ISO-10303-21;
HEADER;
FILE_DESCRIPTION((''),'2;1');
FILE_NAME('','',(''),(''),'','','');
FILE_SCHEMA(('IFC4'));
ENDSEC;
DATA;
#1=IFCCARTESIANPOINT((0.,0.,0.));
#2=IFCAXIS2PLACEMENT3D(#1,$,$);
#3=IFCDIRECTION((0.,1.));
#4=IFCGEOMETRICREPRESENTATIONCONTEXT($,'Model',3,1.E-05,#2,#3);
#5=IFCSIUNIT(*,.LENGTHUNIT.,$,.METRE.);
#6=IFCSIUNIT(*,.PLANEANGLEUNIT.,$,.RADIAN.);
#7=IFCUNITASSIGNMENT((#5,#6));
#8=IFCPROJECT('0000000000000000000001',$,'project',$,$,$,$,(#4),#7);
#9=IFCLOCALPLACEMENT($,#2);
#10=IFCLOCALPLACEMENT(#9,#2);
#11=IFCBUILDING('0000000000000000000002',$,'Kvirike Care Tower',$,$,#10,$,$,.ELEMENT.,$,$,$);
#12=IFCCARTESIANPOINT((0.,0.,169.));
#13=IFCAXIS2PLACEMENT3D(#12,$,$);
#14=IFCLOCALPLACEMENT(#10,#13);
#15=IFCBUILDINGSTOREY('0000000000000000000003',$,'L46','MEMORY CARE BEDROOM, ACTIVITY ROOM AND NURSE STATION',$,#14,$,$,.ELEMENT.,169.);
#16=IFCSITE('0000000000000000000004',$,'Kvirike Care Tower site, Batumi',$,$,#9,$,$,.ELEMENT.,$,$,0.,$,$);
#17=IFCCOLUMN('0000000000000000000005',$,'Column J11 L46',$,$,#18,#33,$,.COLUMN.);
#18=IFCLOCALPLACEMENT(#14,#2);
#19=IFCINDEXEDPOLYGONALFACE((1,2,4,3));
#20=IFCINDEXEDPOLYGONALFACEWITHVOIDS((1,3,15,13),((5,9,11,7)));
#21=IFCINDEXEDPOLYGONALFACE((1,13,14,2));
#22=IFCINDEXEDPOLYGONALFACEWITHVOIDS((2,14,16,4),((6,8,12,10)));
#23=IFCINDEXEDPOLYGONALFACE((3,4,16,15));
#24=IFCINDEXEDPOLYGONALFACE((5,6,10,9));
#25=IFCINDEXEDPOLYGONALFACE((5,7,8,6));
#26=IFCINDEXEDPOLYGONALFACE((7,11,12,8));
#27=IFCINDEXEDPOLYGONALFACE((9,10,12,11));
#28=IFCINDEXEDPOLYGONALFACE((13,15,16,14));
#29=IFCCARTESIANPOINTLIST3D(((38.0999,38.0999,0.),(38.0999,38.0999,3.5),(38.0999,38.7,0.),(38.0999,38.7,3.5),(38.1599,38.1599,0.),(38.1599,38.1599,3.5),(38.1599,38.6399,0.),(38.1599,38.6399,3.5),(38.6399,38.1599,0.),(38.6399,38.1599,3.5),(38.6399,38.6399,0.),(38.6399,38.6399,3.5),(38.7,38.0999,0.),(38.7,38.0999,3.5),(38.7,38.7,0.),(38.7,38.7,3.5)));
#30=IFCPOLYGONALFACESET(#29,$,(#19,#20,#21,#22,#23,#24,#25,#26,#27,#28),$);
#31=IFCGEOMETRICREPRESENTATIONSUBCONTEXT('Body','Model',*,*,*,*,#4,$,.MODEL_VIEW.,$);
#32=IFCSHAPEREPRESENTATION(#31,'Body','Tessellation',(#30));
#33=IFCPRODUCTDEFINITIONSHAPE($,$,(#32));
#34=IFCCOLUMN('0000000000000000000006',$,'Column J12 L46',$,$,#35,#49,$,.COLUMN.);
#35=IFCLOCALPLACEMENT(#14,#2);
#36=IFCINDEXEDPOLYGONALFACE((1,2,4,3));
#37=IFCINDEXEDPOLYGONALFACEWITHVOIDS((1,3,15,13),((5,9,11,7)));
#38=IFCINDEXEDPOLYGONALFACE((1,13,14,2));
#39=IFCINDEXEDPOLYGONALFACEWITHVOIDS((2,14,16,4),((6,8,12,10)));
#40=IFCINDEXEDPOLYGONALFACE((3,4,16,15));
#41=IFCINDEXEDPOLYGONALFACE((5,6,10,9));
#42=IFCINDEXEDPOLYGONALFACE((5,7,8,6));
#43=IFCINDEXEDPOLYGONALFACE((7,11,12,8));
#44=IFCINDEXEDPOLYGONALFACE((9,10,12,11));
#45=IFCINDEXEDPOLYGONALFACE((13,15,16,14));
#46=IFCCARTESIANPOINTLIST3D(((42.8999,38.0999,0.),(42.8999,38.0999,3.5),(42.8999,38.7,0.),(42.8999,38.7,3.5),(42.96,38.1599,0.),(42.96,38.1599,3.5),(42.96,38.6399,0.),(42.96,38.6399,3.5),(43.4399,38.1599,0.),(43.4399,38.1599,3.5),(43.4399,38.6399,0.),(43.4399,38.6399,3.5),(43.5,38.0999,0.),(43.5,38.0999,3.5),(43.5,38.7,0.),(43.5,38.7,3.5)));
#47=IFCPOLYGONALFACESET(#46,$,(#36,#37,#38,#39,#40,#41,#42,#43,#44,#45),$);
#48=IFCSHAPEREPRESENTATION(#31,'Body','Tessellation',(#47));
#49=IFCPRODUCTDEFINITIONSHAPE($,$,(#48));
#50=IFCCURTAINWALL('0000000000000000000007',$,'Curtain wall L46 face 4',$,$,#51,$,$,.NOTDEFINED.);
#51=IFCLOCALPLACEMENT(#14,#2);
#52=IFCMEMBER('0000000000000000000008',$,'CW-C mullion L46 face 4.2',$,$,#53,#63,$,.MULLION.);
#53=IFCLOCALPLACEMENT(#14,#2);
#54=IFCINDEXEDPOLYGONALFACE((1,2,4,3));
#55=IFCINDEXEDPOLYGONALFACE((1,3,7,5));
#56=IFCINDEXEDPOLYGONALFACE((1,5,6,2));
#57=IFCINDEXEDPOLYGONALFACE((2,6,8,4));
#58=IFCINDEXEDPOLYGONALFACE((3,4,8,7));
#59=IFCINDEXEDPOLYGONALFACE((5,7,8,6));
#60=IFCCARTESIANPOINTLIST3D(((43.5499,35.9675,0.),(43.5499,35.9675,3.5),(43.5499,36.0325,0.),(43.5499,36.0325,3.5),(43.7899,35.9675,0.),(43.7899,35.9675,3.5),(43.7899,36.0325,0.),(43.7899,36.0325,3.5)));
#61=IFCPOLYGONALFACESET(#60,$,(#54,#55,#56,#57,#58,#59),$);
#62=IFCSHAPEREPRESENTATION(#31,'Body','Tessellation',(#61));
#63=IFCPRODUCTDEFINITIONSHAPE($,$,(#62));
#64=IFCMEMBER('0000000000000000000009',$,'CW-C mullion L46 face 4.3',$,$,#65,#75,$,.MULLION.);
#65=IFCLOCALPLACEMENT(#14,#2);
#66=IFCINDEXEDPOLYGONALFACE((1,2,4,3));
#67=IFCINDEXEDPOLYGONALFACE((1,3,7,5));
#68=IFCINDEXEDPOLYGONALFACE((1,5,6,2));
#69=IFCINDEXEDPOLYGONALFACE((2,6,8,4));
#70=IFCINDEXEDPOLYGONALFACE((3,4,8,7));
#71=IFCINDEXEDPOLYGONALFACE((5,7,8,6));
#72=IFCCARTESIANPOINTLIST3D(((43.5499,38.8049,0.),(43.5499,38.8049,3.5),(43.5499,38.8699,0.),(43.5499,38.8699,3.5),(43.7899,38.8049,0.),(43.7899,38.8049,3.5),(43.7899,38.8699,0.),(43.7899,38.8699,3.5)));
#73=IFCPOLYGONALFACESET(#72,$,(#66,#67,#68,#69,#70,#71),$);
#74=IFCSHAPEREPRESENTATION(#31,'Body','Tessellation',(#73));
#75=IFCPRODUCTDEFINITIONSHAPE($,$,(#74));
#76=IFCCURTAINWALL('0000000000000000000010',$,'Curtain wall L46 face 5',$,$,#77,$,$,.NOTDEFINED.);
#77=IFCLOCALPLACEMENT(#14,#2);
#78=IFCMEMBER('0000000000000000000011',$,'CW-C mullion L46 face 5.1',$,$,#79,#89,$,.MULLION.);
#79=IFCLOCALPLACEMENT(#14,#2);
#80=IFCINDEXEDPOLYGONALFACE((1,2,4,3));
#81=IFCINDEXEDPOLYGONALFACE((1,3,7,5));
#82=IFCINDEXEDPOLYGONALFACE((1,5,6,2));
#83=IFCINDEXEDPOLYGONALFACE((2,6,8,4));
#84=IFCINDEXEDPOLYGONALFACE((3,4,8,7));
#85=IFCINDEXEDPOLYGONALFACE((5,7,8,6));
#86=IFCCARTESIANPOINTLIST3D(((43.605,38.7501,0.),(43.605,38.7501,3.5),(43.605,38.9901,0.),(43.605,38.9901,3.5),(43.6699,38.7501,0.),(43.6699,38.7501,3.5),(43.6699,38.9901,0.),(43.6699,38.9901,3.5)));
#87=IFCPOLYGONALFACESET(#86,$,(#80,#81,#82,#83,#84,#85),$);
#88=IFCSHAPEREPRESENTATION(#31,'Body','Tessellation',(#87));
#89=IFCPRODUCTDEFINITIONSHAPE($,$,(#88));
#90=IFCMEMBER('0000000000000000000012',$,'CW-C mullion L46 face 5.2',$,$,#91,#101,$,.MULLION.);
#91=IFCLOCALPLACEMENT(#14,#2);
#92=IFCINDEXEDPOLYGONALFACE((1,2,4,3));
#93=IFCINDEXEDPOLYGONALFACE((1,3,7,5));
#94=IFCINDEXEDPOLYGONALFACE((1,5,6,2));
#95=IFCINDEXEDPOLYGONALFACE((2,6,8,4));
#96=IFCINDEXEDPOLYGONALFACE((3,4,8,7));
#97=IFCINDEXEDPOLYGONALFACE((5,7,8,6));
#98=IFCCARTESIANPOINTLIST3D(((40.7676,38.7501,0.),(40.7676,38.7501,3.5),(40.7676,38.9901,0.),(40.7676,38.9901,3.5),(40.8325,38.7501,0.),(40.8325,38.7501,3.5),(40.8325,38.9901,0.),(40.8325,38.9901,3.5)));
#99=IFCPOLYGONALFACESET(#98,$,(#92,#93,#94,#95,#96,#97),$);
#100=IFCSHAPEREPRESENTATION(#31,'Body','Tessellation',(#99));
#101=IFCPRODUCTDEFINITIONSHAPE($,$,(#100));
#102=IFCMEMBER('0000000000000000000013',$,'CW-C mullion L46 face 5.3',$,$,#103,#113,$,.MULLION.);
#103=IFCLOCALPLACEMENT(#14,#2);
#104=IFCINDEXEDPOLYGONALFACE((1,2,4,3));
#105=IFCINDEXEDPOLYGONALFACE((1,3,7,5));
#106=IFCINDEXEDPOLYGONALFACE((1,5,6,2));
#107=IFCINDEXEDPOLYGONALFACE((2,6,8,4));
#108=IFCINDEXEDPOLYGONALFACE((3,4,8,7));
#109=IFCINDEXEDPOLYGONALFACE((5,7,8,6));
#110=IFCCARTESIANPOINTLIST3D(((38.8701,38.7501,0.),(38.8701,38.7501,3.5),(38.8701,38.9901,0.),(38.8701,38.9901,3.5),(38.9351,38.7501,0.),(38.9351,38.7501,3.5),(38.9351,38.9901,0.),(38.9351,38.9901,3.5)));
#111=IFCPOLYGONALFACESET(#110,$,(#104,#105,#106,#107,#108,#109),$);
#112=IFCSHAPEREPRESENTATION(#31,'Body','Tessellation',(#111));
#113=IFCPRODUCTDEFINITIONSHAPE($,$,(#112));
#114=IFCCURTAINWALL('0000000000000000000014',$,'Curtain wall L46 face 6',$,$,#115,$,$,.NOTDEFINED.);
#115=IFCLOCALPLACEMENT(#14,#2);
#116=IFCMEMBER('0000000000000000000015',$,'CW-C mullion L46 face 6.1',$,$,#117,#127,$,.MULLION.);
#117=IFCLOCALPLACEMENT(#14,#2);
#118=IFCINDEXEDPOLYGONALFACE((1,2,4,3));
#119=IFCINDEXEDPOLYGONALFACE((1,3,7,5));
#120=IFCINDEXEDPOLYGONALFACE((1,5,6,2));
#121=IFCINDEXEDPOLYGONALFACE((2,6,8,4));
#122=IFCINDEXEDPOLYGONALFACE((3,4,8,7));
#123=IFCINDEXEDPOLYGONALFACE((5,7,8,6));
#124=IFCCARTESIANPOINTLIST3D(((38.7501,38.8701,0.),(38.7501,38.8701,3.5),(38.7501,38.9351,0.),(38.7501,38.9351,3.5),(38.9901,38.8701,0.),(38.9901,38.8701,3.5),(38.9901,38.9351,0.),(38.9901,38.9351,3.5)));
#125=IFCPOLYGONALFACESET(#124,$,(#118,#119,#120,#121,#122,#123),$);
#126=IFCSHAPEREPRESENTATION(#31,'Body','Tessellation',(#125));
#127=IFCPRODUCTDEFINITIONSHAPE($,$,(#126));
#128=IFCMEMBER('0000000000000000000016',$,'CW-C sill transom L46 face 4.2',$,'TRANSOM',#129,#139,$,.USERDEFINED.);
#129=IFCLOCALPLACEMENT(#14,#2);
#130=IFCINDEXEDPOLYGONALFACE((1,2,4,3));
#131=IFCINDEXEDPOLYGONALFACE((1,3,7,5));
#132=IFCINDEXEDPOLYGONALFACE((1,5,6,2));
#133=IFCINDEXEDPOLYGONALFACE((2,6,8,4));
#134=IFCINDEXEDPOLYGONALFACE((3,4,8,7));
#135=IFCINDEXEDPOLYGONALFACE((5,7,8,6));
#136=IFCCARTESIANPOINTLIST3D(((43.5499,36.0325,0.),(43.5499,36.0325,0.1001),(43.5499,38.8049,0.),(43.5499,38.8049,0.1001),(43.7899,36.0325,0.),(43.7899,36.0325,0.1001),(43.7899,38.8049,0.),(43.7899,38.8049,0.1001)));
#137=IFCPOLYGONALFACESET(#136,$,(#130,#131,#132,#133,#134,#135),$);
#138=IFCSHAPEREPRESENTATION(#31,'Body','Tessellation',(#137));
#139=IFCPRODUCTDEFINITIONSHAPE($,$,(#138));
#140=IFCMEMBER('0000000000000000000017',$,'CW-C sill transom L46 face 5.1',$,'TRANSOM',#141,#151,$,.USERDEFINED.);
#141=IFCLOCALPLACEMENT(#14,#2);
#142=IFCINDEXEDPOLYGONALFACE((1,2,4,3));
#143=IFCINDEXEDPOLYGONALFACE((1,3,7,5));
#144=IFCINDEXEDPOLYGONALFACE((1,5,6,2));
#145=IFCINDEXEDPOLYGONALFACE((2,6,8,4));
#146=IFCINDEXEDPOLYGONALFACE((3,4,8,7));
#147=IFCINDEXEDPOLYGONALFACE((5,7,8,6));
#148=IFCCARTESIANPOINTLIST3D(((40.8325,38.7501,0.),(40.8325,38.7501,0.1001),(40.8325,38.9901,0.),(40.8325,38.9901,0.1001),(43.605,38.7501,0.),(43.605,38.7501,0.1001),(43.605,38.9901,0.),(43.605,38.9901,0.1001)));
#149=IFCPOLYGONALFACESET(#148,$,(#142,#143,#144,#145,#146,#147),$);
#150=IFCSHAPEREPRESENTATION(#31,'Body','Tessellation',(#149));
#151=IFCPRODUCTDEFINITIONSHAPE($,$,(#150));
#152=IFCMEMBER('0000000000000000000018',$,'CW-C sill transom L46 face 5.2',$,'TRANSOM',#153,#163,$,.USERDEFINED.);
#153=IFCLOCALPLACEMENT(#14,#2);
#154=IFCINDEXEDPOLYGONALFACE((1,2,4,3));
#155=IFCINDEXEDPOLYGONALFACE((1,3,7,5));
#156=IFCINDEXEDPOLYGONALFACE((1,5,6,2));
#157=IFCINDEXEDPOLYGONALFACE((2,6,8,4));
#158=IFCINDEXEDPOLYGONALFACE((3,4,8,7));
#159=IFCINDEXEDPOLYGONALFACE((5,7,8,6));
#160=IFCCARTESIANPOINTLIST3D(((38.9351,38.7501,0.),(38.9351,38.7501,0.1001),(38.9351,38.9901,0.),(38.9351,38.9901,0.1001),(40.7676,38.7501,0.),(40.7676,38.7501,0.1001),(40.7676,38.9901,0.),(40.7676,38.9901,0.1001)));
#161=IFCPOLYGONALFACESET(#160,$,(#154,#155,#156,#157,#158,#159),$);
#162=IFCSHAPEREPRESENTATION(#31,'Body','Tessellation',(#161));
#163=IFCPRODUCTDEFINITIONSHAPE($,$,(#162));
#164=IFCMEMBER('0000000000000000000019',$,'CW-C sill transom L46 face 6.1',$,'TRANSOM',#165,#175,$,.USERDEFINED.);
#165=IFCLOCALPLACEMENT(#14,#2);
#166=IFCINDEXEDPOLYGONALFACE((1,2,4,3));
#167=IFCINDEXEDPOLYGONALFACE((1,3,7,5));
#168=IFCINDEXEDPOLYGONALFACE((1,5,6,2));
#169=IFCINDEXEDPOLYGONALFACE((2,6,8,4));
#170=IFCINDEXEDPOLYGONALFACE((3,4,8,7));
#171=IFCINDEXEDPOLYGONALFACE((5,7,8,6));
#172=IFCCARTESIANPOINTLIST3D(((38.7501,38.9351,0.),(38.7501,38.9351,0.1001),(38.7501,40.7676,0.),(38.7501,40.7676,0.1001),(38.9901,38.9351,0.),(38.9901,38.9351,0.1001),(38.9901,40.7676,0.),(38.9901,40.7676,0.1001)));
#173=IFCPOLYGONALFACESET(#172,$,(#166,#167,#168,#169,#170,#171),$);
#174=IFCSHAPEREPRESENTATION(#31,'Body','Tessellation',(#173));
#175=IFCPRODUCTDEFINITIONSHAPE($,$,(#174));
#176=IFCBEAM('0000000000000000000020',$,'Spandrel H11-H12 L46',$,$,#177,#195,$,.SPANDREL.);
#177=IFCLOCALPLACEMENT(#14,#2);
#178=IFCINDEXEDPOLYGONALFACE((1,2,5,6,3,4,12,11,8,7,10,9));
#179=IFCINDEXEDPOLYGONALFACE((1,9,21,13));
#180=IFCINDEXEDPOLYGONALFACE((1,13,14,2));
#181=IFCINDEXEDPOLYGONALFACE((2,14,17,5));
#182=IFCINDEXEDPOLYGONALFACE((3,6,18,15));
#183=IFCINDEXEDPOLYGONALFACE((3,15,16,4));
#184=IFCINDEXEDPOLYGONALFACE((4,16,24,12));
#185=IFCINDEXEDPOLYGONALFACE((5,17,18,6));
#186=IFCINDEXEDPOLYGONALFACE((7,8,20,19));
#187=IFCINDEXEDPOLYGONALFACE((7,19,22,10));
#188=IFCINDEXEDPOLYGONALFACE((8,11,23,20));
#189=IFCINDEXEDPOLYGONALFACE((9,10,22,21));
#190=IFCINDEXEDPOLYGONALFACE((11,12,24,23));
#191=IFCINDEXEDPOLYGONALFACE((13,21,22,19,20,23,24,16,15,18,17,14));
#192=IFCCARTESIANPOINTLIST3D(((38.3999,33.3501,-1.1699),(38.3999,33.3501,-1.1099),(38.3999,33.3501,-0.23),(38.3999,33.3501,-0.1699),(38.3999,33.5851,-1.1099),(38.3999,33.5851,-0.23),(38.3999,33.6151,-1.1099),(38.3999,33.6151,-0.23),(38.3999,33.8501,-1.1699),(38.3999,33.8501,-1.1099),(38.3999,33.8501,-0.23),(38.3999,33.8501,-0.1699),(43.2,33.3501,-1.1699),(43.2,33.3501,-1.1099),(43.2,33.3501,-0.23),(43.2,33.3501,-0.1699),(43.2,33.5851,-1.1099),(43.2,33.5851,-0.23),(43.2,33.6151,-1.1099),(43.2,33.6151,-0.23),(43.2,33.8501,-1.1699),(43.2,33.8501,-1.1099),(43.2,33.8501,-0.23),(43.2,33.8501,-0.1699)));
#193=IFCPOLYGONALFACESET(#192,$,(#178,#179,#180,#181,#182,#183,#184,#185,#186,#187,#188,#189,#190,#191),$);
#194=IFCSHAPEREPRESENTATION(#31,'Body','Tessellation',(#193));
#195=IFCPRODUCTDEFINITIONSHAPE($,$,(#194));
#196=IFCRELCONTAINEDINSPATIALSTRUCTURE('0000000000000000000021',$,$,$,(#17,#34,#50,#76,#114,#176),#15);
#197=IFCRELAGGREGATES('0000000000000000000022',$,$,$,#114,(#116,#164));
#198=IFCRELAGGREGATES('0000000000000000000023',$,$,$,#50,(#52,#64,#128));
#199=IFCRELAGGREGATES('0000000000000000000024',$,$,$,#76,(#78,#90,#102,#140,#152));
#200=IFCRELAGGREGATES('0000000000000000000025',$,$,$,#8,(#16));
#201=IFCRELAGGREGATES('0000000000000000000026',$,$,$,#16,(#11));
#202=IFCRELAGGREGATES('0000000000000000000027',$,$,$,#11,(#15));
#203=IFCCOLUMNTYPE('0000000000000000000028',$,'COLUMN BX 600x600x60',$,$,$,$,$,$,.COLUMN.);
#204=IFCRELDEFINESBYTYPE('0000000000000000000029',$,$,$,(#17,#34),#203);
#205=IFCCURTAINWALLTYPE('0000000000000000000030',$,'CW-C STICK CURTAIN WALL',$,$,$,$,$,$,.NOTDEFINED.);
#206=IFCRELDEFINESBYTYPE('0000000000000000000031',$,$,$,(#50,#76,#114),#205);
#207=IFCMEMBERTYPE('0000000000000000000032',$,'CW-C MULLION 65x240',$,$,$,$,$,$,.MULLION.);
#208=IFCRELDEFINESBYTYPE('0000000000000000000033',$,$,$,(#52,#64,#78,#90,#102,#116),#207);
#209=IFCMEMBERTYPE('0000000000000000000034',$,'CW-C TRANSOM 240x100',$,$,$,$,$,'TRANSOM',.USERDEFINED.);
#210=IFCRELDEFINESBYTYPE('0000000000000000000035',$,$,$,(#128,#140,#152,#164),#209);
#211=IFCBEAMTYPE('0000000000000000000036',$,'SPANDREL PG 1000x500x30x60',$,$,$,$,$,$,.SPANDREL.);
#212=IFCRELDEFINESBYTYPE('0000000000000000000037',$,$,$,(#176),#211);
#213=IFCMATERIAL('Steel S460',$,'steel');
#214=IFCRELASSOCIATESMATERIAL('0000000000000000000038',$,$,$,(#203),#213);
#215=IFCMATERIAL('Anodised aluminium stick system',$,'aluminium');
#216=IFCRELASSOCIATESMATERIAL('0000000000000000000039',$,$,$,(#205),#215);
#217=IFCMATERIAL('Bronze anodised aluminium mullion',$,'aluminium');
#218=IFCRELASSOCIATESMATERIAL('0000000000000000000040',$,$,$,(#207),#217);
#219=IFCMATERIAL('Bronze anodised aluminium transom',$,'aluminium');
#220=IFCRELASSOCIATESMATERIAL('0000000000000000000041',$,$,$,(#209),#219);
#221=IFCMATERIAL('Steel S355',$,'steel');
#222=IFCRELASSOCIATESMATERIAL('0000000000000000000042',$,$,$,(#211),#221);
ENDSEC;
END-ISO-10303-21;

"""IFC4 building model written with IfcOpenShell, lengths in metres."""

from ifc_helpers import new_model, si_unit, direction, frame, origin, origin_2d, place, context, subcontext, project, spatial, rectangle, hollow_rectangle, i_section, extrude, material, material_profile, profile_set, type_object, element, aggregate, save


model = new_model("IFC4")

# Units and contexts
model_context = context("Model", 3, precision=1e-05, world=origin(), true_north=direction((0.0, 1.0)))
body_context = subcontext(model_context, "Body", "Model", "MODEL_VIEW")
ifc_project = project(units=[si_unit("LENGTHUNIT", "METRE"), si_unit("PLANEANGLEUNIT", "RADIAN")], contexts=[model_context])

# Site, building, storey
site_placement = place(None, origin())
site = spatial("IfcSite", under=ifc_project, at=site_placement, Name="Kvirike Care Tower site, Batumi", CompositionType="ELEMENT", RefElevation=0.0)
building_placement = place(site_placement, origin())
building = spatial("IfcBuilding", under=site, at=building_placement, Name="Kvirike Care Tower", CompositionType="ELEMENT")
storey_placement = place(building_placement, frame((0.0, 0.0, 169.0)))
storey = spatial("IfcBuildingStorey", under=building, at=storey_placement, Name="L46", Description="MEMORY CARE BEDROOM, ACTIVITY ROOM AND NURSE STATION", CompositionType="ELEMENT", Elevation=169.0)

# Columns
ifc_material_1 = material(Name="Steel S460", Category="steel")
ifc_material_profile_1 = material_profile(ifc_material_1, hollow_rectangle(XDim=0.6001, YDim=0.6001, WallThickness=0.0601, at=origin_2d()), Name="BX 600x600x60")
ifc_profile_set_1 = profile_set([ifc_material_profile_1], Name="Steel S460")
column_type = type_object("IfcColumnType", Name="COLUMN BX 600x600x60", PredefinedType="COLUMN", material=ifc_profile_set_1)
for number, where, z_axis, x_axis, name in (
    (1, (38.3999, 38.3999, 0.0), (0.0, 0.0, 1.0), (0.0, 1.0, 0.0), "Column J11 L46"),
    (2, (43.2, 38.3999, 0.0), (0.0, 0.0, 1.0), (0.0, 1.0, 0.0), "Column J12 L46"),
):
    element("IfcColumn", number, at=place(storey_placement, frame(where, z_axis=z_axis, x_axis=x_axis)), inside=storey, type_object=column_type, Name=name, PredefinedType="COLUMN", context=body_context, shape_type="SweptSolid", body=[
        extrude(hollow_rectangle(XDim=0.6001, YDim=0.6001, WallThickness=0.0601, at=origin_2d()), origin(), (0.0, 0.0, 1.0), 3.5),
    ])

# Curtain walls, members
ifc_material_2 = material(Name="Anodised aluminium stick system", Category="aluminium")
curtain_wall_type = type_object("IfcCurtainWallType", Name="CW-C STICK CURTAIN WALL", PredefinedType="NOTDEFINED", material=ifc_material_2)
curtain_wall_1_placement = place(storey_placement, origin())
curtain_wall_1 = element("IfcCurtainWall", 3, at=curtain_wall_1_placement, inside=storey, type_object=curtain_wall_type, Name="Curtain wall L46 face 4", PredefinedType="NOTDEFINED")
ifc_material_3 = material(Name="Bronze anodised aluminium mullion", Category="aluminium")
ifc_material_profile_2 = material_profile(ifc_material_3, rectangle(XDim=0.0649, YDim=0.24, at=origin_2d()), Name="CW-C MULLION 65x240")
ifc_profile_set_2 = profile_set([ifc_material_profile_2], Name="Bronze anodised aluminium mullion")
member_type_1 = type_object("IfcMemberType", Name="CW-C MULLION 65x240", PredefinedType="MULLION", material=ifc_profile_set_2)
member_1_placement = place(storey_placement, frame((43.6699, 36.0, 0.0), z_axis=(0.0, 0.0, 1.0), x_axis=(0.0, 1.0, 0.0)))
member_1 = element("IfcMember", 4, at=member_1_placement, type_object=member_type_1, Name="CW-C mullion L46 face 4.2", PredefinedType="MULLION", context=body_context, shape_type="SweptSolid", body=[
    extrude(rectangle(XDim=0.0649, YDim=0.24, at=origin_2d()), origin(), (0.0, 0.0, 1.0), 3.5),
])
member_2_placement = place(storey_placement, frame((43.6699, 38.8374, 0.0), z_axis=(0.0, 0.0, 1.0), x_axis=(0.0, 1.0, 0.0)))
member_2 = element("IfcMember", 5, at=member_2_placement, type_object=member_type_1, Name="CW-C mullion L46 face 4.3", PredefinedType="MULLION", context=body_context, shape_type="SweptSolid", body=[
    extrude(rectangle(XDim=0.0649, YDim=0.24, at=origin_2d()), origin(), (0.0, 0.0, 1.0), 3.5),
])
curtain_wall_2_placement = place(storey_placement, origin())
curtain_wall_2 = element("IfcCurtainWall", 6, at=curtain_wall_2_placement, inside=storey, type_object=curtain_wall_type, Name="Curtain wall L46 face 5", PredefinedType="NOTDEFINED")
member_3_placement = place(storey_placement, frame((43.6375, 38.8701, 0.0), z_axis=(0.0, 0.0, 1.0), x_axis=(-1.0, 0.0, 0.0)))
member_3 = element("IfcMember", 7, at=member_3_placement, type_object=member_type_1, Name="CW-C mullion L46 face 5.1", PredefinedType="MULLION", context=body_context, shape_type="SweptSolid", body=[
    extrude(rectangle(XDim=0.0649, YDim=0.24, at=origin_2d()), origin(), (0.0, 0.0, 1.0), 3.5),
])
member_4_placement = place(storey_placement, frame((40.8, 38.8701, 0.0), z_axis=(0.0, 0.0, 1.0), x_axis=(-1.0, 0.0, 0.0)))
member_4 = element("IfcMember", 8, at=member_4_placement, type_object=member_type_1, Name="CW-C mullion L46 face 5.2", PredefinedType="MULLION", context=body_context, shape_type="SweptSolid", body=[
    extrude(rectangle(XDim=0.0649, YDim=0.24, at=origin_2d()), origin(), (0.0, 0.0, 1.0), 3.5),
])
member_5_placement = place(storey_placement, frame((38.9026, 38.8701, 0.0), z_axis=(0.0, 0.0, 1.0), x_axis=(-1.0, 0.0, 0.0)))
member_5 = element("IfcMember", 9, at=member_5_placement, type_object=member_type_1, Name="CW-C mullion L46 face 5.3", PredefinedType="MULLION", context=body_context, shape_type="SweptSolid", body=[
    extrude(rectangle(XDim=0.0649, YDim=0.24, at=origin_2d()), origin(), (0.0, 0.0, 1.0), 3.5),
])

# Curtain wall, member
curtain_wall_3_placement = place(storey_placement, origin())
curtain_wall_3 = element("IfcCurtainWall", 10, at=curtain_wall_3_placement, inside=storey, type_object=curtain_wall_type, Name="Curtain wall L46 face 6", PredefinedType="NOTDEFINED")
member_6_placement = place(storey_placement, frame((38.8701, 38.9026, 0.0), z_axis=(0.0, 0.0, 1.0), x_axis=(0.0, 1.0, 0.0)))
member_6 = element("IfcMember", 11, at=member_6_placement, type_object=member_type_1, Name="CW-C mullion L46 face 6.1", PredefinedType="MULLION", context=body_context, shape_type="SweptSolid", body=[
    extrude(rectangle(XDim=0.0649, YDim=0.24, at=origin_2d()), origin(), (0.0, 0.0, 1.0), 3.5),
])

# Members
ifc_material_4 = material(Name="Bronze anodised aluminium transom", Category="aluminium")
ifc_material_profile_3 = material_profile(ifc_material_4, rectangle(XDim=0.24, YDim=0.1001, at=origin_2d()), Name="CW-C TRANSOM 240x100")
ifc_profile_set_3 = profile_set([ifc_material_profile_3], Name="Bronze anodised aluminium transom")
member_type_2 = type_object("IfcMemberType", Name="CW-C TRANSOM 240x100", ElementType="TRANSOM", PredefinedType="USERDEFINED", material=ifc_profile_set_3)
member_7_placement = place(storey_placement, frame((43.6699, 36.0325, 0.05), z_axis=(0.0, 1.0, 0.0), x_axis=(-1.0, 0.0, 0.0)))
member_7 = element("IfcMember", 12, at=member_7_placement, type_object=member_type_2, Name="CW-C sill transom L46 face 4.2", ObjectType="TRANSOM", PredefinedType="USERDEFINED", context=body_context, shape_type="SweptSolid", body=[
    extrude(rectangle(XDim=0.24, YDim=0.1001, at=origin_2d()), origin(), (0.0, 0.0, 1.0), 2.7725),
])
member_8_placement = place(storey_placement, frame((43.605, 38.8701, 0.05), z_axis=(-1.0, 0.0, 0.0), x_axis=(0.0, -1.0, 0.0)))
member_8 = element("IfcMember", 13, at=member_8_placement, type_object=member_type_2, Name="CW-C sill transom L46 face 5.1", ObjectType="TRANSOM", PredefinedType="USERDEFINED", context=body_context, shape_type="SweptSolid", body=[
    extrude(rectangle(XDim=0.24, YDim=0.1001, at=origin_2d()), origin(), (0.0, 0.0, 1.0), 2.7725),
])
member_9_placement = place(storey_placement, frame((40.7676, 38.8701, 0.05), z_axis=(-1.0, 0.0, 0.0), x_axis=(0.0, -1.0, 0.0)))
member_9 = element("IfcMember", 14, at=member_9_placement, type_object=member_type_2, Name="CW-C sill transom L46 face 5.2", ObjectType="TRANSOM", PredefinedType="USERDEFINED", context=body_context, shape_type="SweptSolid", body=[
    extrude(rectangle(XDim=0.24, YDim=0.1001, at=origin_2d()), origin(), (0.0, 0.0, 1.0), 1.8325),
])
member_10_placement = place(storey_placement, frame((38.8701, 38.9351, 0.05), z_axis=(0.0, 1.0, 0.0), x_axis=(-1.0, 0.0, 0.0)))
member_10 = element("IfcMember", 15, at=member_10_placement, type_object=member_type_2, Name="CW-C sill transom L46 face 6.1", ObjectType="TRANSOM", PredefinedType="USERDEFINED", context=body_context, shape_type="SweptSolid", body=[
    extrude(rectangle(XDim=0.24, YDim=0.1001, at=origin_2d()), origin(), (0.0, 0.0, 1.0), 1.8325),
])
aggregate(curtain_wall_3, [member_6, member_10])

# Beam
ifc_material_5 = material(Name="Steel S355", Category="steel")
ifc_material_profile_4 = material_profile(ifc_material_5, i_section(OverallWidth=0.5, OverallDepth=1.0, WebThickness=0.03, FlangeThickness=0.0601, at=origin_2d()), Name="PG 1000x500x30x60")
ifc_profile_set_4 = profile_set([ifc_material_profile_4], Name="Steel S355")
beam_type = type_object("IfcBeamType", Name="SPANDREL PG 1000x500x30x60", PredefinedType="SPANDREL", material=ifc_profile_set_4)
for number, where, z_axis, x_axis, name in (
    (16, (38.3999, 33.6001, -0.6699), (1.0, 0.0, 0.0), (0.0, 1.0, 0.0), "Spandrel H11-H12 L46"),
):
    element("IfcBeam", number, at=place(storey_placement, frame(where, z_axis=z_axis, x_axis=x_axis)), inside=storey, type_object=beam_type, Name=name, PredefinedType="SPANDREL", context=body_context, shape_type="SweptSolid", body=[
        extrude(i_section(OverallWidth=0.5, OverallDepth=1.0, WebThickness=0.03, FlangeThickness=0.0601, at=origin_2d()), origin(), (0.0, 0.0, 1.0), 4.8),
    ])

aggregate(curtain_wall_1, [member_1, member_2, member_7])
aggregate(curtain_wall_2, [member_3, member_4, member_5, member_8, member_9])

save(model, "model.ifc")
